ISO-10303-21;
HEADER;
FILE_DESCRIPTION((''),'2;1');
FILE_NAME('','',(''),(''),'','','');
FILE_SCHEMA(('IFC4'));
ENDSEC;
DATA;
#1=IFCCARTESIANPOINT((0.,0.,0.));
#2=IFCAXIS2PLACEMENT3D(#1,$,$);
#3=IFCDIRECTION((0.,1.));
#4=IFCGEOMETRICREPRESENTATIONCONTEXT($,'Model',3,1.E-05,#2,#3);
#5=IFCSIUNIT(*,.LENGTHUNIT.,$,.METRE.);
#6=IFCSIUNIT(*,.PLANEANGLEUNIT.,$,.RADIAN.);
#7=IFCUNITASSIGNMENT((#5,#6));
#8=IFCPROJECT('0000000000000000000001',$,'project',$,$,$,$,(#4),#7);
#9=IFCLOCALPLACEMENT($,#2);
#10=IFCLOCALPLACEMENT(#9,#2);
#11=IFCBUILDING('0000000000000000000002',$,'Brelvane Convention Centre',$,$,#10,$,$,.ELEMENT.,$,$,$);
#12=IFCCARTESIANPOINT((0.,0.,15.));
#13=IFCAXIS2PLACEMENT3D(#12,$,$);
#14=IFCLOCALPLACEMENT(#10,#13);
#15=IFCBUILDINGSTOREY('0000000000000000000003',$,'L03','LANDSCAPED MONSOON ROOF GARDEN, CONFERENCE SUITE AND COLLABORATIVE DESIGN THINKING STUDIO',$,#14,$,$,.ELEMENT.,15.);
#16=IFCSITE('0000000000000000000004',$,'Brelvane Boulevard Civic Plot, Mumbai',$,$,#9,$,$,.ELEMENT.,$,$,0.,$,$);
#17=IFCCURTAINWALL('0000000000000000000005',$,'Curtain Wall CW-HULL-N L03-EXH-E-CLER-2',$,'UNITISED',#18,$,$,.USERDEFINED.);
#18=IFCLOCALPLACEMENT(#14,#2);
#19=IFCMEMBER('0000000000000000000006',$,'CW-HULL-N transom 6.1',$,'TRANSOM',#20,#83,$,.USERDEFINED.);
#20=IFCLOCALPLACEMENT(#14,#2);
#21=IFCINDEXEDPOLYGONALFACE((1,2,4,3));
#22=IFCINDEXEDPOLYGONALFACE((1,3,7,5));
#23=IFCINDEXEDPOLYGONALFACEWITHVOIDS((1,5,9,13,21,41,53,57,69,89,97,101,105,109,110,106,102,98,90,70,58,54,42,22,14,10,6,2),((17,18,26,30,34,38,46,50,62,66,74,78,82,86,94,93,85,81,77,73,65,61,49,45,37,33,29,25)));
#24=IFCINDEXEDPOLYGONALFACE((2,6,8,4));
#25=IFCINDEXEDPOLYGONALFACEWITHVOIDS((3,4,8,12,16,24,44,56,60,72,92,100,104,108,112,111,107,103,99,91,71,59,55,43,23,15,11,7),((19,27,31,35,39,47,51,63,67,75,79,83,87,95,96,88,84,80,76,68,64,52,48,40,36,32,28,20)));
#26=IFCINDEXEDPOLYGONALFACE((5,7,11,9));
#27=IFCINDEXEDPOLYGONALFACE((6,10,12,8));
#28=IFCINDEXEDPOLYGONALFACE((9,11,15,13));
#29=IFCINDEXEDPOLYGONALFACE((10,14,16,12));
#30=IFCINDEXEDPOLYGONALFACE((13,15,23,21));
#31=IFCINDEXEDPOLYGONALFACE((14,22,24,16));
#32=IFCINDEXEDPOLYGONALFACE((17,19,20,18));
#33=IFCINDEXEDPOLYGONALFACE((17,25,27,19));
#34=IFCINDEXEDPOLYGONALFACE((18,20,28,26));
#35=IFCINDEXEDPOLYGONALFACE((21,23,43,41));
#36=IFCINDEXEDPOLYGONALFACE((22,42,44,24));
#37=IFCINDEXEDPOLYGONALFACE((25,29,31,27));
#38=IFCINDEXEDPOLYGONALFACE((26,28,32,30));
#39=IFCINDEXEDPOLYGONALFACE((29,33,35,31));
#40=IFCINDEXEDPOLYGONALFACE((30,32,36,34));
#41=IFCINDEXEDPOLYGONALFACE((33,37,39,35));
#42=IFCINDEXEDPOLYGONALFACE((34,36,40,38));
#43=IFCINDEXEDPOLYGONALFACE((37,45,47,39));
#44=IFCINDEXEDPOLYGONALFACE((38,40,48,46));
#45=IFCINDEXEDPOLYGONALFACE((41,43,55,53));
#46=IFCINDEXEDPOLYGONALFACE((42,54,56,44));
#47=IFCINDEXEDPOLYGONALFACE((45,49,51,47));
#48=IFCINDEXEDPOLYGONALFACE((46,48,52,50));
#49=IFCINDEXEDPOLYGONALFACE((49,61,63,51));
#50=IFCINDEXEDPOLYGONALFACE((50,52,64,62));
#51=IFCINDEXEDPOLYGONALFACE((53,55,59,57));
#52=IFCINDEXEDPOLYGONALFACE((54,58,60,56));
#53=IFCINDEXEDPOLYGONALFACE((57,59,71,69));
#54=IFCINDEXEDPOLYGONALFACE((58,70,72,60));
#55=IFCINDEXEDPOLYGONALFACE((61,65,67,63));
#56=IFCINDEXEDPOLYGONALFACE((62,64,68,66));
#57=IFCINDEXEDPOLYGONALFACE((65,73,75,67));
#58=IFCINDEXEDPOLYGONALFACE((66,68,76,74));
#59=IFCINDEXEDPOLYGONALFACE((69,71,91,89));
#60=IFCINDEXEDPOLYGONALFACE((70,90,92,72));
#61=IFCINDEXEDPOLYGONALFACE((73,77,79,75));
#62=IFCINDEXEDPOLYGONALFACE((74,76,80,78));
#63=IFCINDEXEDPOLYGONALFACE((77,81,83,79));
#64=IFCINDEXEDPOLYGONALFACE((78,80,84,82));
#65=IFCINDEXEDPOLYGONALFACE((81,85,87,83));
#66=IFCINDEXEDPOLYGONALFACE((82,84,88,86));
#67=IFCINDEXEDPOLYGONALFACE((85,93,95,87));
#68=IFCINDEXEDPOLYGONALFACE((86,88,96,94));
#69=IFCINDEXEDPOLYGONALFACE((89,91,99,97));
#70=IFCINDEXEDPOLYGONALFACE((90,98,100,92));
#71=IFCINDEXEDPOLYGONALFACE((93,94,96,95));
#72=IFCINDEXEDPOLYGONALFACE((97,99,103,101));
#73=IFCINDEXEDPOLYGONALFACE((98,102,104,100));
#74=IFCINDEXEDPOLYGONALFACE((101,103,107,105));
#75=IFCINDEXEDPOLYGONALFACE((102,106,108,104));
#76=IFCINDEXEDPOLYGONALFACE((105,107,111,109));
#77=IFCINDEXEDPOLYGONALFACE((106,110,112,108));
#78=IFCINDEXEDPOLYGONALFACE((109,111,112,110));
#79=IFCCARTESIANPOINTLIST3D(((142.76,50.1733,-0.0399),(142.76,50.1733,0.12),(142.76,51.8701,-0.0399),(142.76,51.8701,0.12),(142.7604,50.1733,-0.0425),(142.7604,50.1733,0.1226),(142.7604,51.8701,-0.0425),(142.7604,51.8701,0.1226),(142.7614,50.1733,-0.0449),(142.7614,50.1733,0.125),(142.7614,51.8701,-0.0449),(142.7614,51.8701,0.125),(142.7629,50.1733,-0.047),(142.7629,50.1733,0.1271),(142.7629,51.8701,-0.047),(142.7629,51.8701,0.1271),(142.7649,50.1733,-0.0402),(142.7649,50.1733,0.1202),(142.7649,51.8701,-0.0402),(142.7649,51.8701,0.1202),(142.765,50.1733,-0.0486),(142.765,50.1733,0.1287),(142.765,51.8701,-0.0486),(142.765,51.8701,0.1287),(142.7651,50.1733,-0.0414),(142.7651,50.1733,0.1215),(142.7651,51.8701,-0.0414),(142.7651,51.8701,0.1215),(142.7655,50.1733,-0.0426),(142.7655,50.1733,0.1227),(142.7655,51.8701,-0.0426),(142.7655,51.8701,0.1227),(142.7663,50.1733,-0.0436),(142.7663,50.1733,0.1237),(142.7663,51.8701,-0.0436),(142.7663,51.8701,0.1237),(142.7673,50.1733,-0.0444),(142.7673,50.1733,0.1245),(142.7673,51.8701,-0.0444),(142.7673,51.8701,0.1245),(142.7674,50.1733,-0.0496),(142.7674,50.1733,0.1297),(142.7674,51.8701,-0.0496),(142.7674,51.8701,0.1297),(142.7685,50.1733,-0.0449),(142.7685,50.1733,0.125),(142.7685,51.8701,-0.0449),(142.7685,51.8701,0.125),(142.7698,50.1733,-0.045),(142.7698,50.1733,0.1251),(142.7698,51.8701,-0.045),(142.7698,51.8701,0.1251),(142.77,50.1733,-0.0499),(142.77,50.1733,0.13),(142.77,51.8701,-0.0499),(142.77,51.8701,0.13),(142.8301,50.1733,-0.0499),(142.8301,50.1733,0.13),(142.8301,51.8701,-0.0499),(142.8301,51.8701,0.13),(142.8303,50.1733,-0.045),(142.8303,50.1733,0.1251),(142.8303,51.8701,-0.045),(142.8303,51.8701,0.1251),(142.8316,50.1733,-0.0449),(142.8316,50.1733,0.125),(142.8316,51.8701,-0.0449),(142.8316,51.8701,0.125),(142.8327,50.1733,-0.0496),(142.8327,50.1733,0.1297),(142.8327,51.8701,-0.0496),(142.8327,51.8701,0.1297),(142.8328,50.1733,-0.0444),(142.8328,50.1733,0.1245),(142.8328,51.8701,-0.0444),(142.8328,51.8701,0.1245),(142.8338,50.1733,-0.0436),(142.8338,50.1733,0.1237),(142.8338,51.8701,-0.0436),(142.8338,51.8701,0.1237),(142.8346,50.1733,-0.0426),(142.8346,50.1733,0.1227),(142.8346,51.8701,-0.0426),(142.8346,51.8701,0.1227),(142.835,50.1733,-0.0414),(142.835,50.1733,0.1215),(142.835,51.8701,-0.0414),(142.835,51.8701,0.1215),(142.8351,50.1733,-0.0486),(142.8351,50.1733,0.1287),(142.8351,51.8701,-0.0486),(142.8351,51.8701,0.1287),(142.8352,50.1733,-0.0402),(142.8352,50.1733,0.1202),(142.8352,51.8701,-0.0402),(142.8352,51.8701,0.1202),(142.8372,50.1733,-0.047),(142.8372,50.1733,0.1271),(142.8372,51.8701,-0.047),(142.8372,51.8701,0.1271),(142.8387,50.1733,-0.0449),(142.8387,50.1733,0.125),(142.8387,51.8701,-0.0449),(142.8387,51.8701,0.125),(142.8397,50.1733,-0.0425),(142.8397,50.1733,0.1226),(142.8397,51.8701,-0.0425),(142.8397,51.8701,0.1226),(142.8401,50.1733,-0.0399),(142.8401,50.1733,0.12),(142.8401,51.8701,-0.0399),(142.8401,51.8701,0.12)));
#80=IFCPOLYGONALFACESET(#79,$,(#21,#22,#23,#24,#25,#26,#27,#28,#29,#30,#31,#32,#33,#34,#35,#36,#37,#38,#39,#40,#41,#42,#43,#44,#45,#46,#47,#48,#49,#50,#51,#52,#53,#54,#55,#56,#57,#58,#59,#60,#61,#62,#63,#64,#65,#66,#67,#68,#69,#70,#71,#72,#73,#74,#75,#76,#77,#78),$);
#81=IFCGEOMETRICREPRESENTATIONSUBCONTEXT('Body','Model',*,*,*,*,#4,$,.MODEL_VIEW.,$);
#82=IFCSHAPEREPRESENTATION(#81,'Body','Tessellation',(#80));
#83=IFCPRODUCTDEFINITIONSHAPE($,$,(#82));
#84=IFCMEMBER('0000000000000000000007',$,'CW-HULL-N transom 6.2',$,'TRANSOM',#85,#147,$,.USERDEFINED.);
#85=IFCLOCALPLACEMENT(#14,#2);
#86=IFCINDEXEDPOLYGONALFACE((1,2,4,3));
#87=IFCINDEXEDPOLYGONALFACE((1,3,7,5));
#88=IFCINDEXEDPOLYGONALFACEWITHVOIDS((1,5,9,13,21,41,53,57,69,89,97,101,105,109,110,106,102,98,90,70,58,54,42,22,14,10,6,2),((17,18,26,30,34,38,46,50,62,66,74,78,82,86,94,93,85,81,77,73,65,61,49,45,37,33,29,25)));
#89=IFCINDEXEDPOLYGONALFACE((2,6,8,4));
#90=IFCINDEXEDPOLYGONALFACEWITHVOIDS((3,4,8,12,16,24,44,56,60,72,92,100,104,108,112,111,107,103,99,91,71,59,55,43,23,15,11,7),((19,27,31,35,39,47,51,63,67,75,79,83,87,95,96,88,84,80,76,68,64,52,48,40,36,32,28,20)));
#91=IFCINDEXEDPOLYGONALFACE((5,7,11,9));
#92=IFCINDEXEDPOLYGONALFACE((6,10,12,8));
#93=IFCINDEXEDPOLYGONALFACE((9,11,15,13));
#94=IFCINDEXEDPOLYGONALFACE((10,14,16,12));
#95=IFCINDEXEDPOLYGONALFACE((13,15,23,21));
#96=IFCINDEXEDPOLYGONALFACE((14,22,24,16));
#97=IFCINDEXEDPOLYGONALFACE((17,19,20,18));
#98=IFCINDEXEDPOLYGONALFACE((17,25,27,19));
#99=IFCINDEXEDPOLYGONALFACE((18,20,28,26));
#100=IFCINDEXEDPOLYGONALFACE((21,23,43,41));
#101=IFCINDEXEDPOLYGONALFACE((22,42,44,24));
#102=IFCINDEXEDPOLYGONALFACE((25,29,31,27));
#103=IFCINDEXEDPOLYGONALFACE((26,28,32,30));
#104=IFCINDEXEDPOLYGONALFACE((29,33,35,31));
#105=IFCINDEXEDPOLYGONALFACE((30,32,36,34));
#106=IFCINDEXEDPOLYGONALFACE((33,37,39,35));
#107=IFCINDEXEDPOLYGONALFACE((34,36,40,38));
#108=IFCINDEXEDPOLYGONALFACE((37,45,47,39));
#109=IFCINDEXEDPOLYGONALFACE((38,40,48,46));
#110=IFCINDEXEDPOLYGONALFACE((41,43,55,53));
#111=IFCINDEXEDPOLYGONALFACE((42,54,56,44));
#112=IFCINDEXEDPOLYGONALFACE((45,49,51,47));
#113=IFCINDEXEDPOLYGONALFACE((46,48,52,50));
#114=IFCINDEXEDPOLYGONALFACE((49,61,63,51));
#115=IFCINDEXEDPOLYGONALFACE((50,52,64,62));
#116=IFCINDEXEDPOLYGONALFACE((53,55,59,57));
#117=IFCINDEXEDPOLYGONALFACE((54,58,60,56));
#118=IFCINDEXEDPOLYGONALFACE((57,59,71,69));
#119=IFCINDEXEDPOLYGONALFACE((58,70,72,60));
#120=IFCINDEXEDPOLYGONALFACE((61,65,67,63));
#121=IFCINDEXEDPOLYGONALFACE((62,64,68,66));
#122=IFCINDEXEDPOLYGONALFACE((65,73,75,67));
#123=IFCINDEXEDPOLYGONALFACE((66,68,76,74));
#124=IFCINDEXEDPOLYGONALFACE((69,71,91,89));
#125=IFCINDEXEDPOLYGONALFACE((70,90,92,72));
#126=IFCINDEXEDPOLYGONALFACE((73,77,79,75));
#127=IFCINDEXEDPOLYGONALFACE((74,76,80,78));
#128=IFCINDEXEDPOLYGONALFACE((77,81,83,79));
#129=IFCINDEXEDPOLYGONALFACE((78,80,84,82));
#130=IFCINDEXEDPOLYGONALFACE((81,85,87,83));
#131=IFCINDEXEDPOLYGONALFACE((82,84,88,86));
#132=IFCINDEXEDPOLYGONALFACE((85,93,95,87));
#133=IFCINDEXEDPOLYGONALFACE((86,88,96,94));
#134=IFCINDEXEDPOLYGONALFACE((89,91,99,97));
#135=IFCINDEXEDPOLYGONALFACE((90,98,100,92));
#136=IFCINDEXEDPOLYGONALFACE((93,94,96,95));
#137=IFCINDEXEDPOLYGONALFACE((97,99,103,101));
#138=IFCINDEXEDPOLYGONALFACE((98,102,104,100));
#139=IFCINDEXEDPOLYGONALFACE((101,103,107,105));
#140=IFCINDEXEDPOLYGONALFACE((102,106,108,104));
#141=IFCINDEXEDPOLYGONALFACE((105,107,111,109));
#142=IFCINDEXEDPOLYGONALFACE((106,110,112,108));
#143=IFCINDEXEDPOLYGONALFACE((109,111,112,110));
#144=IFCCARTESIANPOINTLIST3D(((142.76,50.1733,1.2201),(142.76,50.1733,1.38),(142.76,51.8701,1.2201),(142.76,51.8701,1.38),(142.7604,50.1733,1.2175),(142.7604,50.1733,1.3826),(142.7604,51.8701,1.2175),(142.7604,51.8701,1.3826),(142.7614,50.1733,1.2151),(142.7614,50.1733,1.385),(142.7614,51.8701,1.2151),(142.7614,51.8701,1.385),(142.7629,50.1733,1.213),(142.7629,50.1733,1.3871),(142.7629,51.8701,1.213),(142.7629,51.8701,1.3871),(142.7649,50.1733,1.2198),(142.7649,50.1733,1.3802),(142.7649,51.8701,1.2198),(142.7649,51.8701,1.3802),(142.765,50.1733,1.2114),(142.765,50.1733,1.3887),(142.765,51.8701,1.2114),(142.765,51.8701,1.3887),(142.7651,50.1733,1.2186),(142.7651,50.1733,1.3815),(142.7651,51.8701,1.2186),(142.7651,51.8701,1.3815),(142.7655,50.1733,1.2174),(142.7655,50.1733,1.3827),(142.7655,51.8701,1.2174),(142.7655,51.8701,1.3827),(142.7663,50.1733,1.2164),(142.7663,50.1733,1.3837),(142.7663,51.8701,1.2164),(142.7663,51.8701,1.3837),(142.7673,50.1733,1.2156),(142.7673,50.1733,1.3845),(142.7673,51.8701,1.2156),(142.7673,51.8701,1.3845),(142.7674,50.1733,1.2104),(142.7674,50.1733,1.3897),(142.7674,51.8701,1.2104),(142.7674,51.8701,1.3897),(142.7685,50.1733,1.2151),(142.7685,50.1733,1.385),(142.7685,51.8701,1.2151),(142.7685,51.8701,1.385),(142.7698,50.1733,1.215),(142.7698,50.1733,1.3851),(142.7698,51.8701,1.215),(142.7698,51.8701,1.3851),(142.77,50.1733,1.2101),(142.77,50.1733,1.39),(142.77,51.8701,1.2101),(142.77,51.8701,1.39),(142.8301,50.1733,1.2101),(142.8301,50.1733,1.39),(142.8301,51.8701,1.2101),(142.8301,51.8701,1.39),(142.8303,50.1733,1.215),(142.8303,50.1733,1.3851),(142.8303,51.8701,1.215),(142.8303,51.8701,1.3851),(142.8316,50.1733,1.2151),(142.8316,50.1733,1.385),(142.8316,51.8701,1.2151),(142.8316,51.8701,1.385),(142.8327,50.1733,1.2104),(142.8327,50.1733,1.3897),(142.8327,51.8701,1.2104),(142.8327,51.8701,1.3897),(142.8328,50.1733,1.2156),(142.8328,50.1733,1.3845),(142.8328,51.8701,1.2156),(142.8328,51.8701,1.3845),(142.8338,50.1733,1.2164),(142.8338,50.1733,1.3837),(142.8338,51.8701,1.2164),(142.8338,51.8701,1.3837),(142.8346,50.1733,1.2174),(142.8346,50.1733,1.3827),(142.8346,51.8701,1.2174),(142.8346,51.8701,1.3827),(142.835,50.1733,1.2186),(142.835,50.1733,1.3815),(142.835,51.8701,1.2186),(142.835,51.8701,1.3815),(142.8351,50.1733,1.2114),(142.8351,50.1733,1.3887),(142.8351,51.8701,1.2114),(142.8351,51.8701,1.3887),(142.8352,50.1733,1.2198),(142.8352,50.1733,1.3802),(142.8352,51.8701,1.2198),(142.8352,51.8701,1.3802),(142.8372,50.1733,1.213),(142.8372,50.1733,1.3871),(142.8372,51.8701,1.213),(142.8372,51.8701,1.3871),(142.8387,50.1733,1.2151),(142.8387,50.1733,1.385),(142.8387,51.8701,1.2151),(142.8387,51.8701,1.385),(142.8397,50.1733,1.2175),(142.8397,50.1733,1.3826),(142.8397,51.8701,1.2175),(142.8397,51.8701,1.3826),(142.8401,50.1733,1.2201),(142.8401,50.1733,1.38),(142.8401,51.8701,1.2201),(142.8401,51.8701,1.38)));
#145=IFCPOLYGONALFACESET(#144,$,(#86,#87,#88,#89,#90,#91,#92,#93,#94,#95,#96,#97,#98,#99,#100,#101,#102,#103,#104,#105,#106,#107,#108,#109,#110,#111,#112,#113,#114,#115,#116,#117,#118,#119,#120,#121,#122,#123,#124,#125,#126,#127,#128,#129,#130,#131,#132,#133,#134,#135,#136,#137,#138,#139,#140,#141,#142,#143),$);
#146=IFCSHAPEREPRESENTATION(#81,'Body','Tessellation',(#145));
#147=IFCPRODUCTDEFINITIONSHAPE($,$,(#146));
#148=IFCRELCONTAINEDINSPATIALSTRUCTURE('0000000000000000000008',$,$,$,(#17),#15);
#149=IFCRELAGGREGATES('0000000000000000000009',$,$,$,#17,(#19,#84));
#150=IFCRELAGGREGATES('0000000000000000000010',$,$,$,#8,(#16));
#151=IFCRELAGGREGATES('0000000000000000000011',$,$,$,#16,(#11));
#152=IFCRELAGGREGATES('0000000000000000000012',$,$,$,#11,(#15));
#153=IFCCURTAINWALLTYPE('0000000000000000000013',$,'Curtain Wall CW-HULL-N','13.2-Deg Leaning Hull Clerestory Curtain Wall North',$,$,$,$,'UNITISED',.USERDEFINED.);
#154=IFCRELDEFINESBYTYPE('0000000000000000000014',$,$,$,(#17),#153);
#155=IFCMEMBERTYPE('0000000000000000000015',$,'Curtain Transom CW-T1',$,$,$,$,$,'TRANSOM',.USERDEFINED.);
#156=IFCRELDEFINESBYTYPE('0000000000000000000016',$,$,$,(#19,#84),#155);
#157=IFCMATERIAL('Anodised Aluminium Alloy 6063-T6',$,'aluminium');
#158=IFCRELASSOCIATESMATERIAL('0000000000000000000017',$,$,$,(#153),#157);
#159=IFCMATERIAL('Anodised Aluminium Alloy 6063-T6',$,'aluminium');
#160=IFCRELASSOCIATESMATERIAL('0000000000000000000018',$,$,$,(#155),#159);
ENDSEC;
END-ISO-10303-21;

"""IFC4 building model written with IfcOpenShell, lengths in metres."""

from ifc_helpers import new_model, si_unit, direction, frame, origin, origin_2d, place, context, subcontext, project, spatial, hollow_rectangle, extrude, material, material_profile, profile_set, type_object, element, aggregate, save


model = new_model("IFC4")

# Units and contexts
model_context = context("Model", 3, precision=1e-05, world=origin(), true_north=direction((0.0, 1.0)))
body_context = subcontext(model_context, "Body", "Model", "MODEL_VIEW")
ifc_project = project(units=[si_unit("LENGTHUNIT", "METRE"), si_unit("PLANEANGLEUNIT", "RADIAN")], contexts=[model_context])

# Site, building, storey
site_placement = place(None, origin())
site = spatial("IfcSite", under=ifc_project, at=site_placement, Name="Brelvane Boulevard Civic Plot, Mumbai", CompositionType="ELEMENT", RefElevation=0.0)
building_placement = place(site_placement, origin())
building = spatial("IfcBuilding", under=site, at=building_placement, Name="Brelvane Convention Centre", CompositionType="ELEMENT")
storey_placement = place(building_placement, frame((0.0, 0.0, 15.0)))
storey = spatial("IfcBuildingStorey", under=building, at=storey_placement, Name="L03", Description="LANDSCAPED MONSOON ROOF GARDEN, CONFERENCE SUITE AND COLLABORATIVE DESIGN THINKING STUDIO", CompositionType="ELEMENT", Elevation=15.0)

# Curtain wall, members
ifc_material_1 = material(Name="Anodised Aluminium Alloy 6063-T6", Category="aluminium")
curtain_wall_type = type_object("IfcCurtainWallType", Name="Curtain Wall CW-HULL-N", Description="13.2-Deg Leaning Hull Clerestory Curtain Wall North", ElementType="UNITISED", PredefinedType="USERDEFINED", material=ifc_material_1)
curtain_wall_placement = place(storey_placement, origin())
curtain_wall = element("IfcCurtainWall", 1, at=curtain_wall_placement, inside=storey, type_object=curtain_wall_type, Name="Curtain Wall CW-HULL-N L03-EXH-E-CLER-2", ObjectType="UNITISED", PredefinedType="USERDEFINED")
ifc_material_2 = material(Name="Anodised Aluminium Alloy 6063-T6", Category="aluminium")
ifc_material_profile_1 = material_profile(ifc_material_2, hollow_rectangle(XDim=0.0801, YDim=0.1799, WallThickness=0.0049, InnerFilletRadius=0.0049, OuterFilletRadius=0.01, at=origin_2d()), Name="ALU-T 180x80x5.0")
ifc_profile_set_1 = profile_set([ifc_material_profile_1], Name="Anodised Aluminium Alloy 6063-T6")
member_type_1 = type_object("IfcMemberType", Name="Curtain Transom CW-T1", ElementType="TRANSOM", PredefinedType="USERDEFINED", material=ifc_profile_set_1)
member_1_placement = place(storey_placement, frame((142.8, 50.1733, 0.04), z_axis=(0.0, 1.0, 0.0), x_axis=(-1.0, 0.0, 0.0)))
member_1 = element("IfcMember", 2, at=member_1_placement, type_object=member_type_1, Name="CW-HULL-N transom 6.1", ObjectType="TRANSOM", PredefinedType="USERDEFINED", context=body_context, shape_type="SweptSolid", body=[
    extrude(hollow_rectangle(XDim=0.0801, YDim=0.1799, WallThickness=0.0049, InnerFilletRadius=0.0049, OuterFilletRadius=0.01, at=origin_2d()), origin(), (0.0, 0.0, 1.0), 1.6968),
])
member_2_placement = place(storey_placement, frame((142.8, 50.1733, 1.3), z_axis=(0.0, 1.0, 0.0), x_axis=(-1.0, 0.0, 0.0)))
member_2 = element("IfcMember", 3, at=member_2_placement, type_object=member_type_1, Name="CW-HULL-N transom 6.2", ObjectType="TRANSOM", PredefinedType="USERDEFINED", context=body_context, shape_type="SweptSolid", body=[
    extrude(hollow_rectangle(XDim=0.0801, YDim=0.1799, WallThickness=0.0049, InnerFilletRadius=0.0049, OuterFilletRadius=0.01, at=origin_2d()), origin(), (0.0, 0.0, 1.0), 1.6968),
])
aggregate(curtain_wall, [member_1, member_2])

save(model, "model.ifc")
